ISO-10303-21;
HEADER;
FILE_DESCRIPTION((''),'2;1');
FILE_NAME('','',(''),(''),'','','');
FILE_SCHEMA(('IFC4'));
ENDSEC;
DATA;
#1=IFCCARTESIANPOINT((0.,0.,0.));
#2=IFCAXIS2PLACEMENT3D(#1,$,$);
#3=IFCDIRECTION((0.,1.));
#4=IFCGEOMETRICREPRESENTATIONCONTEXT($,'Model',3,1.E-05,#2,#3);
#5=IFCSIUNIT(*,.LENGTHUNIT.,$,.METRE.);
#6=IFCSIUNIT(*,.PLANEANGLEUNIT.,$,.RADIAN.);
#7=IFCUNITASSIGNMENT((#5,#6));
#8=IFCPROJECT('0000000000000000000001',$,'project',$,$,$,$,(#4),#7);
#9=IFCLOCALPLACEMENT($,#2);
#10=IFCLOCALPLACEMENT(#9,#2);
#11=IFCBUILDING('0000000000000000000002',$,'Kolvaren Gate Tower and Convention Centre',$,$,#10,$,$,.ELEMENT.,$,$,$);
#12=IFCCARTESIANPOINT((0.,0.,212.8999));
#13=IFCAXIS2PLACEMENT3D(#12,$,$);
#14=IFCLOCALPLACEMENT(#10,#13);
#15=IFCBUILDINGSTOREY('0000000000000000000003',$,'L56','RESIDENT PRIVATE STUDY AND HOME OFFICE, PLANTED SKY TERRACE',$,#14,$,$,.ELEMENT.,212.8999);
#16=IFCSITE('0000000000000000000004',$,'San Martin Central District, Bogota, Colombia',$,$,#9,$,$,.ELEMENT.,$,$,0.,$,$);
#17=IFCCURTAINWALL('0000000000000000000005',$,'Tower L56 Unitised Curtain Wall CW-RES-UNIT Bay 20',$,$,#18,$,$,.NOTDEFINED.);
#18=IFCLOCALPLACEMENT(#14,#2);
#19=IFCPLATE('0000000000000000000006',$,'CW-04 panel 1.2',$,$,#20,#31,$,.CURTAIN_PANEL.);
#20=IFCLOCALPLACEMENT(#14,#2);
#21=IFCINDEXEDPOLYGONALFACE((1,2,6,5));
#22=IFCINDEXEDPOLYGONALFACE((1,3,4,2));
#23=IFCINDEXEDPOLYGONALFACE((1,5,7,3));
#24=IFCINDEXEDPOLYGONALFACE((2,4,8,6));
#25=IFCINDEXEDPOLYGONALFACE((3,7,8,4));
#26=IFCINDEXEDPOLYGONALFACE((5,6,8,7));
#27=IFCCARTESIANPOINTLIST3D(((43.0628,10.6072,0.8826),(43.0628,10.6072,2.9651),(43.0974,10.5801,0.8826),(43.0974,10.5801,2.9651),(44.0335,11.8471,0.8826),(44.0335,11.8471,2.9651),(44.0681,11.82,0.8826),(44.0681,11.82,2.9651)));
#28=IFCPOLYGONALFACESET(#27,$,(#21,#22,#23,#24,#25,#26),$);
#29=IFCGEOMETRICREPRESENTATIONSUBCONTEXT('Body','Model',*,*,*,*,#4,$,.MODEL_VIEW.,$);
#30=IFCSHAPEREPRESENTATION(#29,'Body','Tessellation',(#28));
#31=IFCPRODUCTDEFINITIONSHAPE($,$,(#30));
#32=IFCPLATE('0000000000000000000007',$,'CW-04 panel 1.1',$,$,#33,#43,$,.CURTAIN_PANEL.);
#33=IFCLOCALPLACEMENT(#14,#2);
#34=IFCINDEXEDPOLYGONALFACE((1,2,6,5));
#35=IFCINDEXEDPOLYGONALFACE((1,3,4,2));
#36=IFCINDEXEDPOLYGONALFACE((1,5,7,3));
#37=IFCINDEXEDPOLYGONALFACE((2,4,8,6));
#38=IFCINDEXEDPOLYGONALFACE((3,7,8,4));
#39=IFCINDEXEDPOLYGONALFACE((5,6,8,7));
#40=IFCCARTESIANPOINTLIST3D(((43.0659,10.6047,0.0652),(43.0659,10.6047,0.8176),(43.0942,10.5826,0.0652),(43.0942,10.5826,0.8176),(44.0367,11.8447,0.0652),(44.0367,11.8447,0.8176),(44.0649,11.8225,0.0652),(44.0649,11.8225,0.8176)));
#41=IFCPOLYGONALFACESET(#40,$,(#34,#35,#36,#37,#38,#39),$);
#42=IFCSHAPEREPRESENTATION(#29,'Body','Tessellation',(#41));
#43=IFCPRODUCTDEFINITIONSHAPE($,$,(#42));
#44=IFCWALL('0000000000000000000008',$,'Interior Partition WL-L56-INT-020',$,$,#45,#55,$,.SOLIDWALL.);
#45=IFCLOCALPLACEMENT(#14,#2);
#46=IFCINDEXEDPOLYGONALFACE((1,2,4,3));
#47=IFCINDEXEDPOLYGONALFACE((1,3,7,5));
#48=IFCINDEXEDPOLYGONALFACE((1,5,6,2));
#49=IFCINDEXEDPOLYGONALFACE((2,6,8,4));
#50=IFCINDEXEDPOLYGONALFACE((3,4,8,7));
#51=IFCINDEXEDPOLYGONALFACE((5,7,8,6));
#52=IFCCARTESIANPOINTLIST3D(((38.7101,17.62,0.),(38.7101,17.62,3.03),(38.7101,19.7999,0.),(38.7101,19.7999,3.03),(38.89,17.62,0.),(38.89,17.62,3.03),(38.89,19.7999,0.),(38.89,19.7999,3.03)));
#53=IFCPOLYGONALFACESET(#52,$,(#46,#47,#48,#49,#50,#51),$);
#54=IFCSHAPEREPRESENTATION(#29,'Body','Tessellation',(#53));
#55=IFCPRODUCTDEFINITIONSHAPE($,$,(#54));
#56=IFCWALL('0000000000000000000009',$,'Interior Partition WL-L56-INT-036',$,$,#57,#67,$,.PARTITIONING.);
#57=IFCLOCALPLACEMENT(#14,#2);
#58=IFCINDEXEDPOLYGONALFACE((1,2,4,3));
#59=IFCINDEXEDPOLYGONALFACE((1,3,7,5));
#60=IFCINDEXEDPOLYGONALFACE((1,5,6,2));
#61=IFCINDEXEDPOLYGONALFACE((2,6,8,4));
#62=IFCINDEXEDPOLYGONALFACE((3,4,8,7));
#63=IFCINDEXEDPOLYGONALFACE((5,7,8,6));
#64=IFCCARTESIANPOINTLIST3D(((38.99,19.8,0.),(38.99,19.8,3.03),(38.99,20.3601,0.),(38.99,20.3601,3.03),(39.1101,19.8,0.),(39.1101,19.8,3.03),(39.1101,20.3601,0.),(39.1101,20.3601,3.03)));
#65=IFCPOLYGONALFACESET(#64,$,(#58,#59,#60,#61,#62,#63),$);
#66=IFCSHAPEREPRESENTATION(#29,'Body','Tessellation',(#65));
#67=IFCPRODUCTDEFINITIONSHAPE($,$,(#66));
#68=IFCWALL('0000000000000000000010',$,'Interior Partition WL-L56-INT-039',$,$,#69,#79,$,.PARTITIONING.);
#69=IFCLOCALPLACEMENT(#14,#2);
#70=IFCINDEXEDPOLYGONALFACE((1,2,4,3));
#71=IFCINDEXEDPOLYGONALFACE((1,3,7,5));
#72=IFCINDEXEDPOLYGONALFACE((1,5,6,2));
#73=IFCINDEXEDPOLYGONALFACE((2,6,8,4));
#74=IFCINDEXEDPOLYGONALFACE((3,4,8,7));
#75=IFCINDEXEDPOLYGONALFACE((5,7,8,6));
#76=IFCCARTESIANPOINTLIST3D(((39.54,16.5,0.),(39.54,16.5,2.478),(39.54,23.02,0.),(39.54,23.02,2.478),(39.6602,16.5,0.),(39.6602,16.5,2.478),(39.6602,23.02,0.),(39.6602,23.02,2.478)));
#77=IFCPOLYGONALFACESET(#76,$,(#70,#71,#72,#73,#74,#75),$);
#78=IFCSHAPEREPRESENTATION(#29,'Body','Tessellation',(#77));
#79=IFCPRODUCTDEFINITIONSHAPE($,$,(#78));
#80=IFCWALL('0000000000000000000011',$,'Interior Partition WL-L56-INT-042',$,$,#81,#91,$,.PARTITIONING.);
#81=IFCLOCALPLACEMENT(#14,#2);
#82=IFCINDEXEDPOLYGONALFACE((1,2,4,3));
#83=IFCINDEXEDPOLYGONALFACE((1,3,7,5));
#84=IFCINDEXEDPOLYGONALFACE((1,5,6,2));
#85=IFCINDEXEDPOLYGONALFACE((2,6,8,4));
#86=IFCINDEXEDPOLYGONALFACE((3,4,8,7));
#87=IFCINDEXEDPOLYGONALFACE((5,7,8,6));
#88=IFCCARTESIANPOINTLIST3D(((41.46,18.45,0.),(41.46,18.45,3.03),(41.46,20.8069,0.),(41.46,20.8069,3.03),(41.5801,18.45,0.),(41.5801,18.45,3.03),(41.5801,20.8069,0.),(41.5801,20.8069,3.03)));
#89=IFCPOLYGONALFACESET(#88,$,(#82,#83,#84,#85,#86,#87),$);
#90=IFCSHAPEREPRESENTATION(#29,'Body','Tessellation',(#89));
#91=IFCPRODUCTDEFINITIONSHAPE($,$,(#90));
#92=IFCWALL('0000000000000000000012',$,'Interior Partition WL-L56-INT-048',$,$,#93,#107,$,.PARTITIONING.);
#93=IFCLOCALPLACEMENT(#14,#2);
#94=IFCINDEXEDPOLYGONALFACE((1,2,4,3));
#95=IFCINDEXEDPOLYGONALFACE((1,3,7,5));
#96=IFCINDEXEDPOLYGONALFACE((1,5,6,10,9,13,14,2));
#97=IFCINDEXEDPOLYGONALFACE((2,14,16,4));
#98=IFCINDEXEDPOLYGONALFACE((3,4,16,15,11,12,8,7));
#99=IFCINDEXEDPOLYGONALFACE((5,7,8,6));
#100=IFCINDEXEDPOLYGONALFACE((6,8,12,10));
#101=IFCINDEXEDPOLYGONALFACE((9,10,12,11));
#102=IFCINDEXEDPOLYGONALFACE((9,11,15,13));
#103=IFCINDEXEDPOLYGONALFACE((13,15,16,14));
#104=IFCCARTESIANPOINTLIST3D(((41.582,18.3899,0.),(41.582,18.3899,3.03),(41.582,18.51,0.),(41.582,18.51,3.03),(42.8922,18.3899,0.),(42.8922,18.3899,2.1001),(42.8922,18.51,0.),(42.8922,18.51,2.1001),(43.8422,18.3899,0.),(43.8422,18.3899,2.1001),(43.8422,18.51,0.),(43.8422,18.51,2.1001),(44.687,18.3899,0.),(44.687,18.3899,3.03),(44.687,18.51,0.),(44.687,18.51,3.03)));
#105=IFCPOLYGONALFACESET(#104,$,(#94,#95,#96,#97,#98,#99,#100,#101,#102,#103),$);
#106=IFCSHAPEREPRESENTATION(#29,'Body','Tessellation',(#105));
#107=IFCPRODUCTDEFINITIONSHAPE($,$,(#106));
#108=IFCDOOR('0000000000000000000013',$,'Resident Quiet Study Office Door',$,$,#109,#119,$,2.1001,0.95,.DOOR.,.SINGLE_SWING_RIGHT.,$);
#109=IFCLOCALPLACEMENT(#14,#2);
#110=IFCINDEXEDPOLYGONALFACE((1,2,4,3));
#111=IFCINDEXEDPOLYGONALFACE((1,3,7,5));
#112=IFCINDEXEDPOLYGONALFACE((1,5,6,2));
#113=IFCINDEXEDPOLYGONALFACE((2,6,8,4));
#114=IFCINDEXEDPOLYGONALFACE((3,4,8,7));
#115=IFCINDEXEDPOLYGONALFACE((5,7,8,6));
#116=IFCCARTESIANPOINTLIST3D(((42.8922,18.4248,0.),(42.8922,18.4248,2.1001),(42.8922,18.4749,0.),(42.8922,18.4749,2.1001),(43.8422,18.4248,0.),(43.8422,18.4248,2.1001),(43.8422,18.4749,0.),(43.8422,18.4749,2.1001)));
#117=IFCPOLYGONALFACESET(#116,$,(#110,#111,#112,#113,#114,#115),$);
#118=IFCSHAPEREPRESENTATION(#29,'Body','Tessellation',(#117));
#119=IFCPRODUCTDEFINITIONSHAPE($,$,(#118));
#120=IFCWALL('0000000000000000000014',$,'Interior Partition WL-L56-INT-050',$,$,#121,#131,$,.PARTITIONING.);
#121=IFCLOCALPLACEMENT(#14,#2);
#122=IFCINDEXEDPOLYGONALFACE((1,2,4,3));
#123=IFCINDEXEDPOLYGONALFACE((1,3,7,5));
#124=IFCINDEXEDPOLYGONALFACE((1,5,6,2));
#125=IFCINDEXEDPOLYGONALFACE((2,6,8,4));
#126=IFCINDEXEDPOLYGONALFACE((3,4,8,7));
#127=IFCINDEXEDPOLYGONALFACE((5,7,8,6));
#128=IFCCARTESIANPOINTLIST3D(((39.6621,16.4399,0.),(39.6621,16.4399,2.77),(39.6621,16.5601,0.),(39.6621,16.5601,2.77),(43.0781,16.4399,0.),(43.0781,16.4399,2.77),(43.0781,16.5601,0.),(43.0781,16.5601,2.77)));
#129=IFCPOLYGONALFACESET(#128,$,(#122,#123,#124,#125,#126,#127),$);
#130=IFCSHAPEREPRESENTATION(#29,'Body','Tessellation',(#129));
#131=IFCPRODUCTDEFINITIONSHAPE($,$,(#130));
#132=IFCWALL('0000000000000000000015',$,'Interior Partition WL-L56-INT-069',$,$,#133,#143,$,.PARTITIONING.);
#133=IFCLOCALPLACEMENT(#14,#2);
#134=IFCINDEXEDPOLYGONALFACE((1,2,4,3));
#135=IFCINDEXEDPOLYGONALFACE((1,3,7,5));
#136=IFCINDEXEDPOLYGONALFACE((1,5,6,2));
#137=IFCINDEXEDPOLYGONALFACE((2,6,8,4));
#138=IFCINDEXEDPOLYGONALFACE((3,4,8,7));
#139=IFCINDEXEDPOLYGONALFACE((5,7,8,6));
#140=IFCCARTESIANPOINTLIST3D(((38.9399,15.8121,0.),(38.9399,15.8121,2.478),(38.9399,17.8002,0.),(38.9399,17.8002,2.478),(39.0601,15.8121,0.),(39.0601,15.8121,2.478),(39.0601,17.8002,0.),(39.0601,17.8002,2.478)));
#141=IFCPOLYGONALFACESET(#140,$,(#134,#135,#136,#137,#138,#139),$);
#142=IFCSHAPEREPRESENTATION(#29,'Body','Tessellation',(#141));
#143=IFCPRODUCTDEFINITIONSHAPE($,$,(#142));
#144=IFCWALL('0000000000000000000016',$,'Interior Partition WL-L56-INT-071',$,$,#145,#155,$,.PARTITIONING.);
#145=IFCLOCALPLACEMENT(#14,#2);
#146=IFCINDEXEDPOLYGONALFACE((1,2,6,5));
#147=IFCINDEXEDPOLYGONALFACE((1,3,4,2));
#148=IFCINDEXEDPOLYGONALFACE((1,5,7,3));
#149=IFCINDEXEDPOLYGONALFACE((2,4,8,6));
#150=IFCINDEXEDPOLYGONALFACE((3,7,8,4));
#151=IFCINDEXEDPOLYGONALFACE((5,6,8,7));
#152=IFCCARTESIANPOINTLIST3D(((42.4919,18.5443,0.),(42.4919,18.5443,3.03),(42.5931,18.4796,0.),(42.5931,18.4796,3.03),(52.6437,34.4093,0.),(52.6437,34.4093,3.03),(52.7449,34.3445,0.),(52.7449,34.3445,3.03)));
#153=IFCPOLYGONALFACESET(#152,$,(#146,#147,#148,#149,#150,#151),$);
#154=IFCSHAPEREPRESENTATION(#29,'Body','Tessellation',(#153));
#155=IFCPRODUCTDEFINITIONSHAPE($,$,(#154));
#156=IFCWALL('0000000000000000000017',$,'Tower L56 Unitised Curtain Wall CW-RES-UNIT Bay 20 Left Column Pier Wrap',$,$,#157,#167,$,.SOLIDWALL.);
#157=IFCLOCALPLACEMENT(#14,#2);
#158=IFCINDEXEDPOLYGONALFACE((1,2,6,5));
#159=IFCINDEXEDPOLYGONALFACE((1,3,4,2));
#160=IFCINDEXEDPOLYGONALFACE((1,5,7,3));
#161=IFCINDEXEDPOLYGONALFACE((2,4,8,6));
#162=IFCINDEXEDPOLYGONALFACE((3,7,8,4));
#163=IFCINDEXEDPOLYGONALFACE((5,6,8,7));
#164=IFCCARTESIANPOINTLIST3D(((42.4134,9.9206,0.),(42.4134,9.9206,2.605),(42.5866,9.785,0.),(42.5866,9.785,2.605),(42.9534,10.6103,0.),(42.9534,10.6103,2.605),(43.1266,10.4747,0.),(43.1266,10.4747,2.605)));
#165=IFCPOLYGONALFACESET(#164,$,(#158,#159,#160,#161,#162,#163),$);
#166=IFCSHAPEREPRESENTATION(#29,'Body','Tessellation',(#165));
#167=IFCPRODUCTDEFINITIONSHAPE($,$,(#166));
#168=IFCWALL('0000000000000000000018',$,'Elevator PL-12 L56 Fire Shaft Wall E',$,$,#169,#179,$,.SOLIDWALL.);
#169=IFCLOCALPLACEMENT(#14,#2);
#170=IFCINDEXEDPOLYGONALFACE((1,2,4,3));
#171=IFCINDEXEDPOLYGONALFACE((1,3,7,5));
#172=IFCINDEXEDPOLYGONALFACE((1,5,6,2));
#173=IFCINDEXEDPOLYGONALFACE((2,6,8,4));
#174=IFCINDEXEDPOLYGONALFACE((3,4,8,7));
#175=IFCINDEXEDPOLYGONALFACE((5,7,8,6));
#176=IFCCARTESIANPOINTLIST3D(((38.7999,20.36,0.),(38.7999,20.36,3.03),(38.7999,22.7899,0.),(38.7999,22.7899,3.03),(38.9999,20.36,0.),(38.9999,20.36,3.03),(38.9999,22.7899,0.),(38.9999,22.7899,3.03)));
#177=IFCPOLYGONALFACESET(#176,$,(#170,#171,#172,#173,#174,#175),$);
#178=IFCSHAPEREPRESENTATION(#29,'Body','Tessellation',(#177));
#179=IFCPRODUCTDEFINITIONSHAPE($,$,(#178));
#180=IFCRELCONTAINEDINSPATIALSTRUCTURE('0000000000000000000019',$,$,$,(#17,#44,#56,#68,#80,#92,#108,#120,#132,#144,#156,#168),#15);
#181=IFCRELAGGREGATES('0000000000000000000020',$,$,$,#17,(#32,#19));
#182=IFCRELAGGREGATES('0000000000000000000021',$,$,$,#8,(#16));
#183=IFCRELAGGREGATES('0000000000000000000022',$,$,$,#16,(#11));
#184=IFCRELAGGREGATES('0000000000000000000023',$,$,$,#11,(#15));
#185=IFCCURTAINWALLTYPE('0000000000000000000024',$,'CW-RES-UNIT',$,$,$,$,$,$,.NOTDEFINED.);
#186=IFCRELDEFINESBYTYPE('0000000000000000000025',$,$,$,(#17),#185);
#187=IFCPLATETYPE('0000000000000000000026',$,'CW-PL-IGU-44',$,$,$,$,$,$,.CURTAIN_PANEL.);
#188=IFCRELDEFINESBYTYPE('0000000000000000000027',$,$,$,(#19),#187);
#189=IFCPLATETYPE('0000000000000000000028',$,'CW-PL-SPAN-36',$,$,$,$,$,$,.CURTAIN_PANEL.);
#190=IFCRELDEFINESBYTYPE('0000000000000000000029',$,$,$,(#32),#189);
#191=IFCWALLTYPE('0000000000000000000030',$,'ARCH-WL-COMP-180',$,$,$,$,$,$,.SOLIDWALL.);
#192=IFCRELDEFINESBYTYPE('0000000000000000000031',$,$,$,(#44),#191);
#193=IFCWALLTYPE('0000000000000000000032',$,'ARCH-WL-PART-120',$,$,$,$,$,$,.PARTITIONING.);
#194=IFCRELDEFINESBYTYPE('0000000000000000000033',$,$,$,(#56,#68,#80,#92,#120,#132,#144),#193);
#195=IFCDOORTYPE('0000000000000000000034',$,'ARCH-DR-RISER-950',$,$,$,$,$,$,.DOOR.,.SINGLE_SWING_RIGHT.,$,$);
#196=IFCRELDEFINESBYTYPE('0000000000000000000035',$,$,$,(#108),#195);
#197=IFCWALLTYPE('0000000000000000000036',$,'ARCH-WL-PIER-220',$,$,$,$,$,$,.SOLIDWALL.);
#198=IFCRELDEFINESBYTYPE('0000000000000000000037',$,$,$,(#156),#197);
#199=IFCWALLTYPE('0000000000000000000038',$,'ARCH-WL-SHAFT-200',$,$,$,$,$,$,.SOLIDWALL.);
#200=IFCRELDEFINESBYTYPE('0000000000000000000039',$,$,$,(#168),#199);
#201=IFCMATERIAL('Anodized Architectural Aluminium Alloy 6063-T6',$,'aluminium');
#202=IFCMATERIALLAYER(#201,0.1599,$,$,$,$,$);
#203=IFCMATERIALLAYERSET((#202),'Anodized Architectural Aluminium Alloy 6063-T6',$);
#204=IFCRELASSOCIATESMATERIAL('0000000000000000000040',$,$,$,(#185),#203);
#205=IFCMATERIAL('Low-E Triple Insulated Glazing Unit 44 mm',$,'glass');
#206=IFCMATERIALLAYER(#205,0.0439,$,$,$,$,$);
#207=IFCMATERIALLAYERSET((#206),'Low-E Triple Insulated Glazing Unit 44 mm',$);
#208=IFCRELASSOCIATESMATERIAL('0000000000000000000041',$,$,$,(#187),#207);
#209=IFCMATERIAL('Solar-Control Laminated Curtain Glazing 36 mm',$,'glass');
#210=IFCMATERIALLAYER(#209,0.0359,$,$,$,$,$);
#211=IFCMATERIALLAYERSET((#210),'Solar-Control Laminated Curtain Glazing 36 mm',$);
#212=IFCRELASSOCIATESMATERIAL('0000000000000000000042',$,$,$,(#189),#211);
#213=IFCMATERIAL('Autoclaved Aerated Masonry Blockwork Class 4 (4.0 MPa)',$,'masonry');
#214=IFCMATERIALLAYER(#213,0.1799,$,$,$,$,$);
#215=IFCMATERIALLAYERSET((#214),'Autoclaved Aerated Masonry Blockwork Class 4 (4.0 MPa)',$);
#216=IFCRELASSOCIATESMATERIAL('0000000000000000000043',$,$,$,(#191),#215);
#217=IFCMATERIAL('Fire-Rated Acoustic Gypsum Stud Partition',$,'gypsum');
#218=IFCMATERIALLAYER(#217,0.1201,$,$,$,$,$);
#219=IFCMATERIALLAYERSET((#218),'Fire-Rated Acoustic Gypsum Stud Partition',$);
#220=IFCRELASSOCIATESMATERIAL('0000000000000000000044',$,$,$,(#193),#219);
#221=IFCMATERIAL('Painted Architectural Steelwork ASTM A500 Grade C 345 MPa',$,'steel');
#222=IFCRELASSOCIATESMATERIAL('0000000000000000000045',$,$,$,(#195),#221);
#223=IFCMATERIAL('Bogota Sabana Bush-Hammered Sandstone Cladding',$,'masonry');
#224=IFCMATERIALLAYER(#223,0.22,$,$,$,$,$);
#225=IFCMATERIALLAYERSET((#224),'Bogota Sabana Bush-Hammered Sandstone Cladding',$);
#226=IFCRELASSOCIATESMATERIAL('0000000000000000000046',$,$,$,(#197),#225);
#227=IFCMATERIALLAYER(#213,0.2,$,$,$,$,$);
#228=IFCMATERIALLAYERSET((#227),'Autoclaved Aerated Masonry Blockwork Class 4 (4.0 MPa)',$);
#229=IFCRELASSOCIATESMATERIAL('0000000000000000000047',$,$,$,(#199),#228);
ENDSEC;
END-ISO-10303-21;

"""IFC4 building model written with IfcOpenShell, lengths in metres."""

from ifc_helpers import new_model, si_unit, direction, frame, frame_2d, origin, origin_2d, place, context, subcontext, project, spatial, rectangle, extrude, material, layer, layer_set, type_object, element, fill, aggregate, save


model = new_model("IFC4")

# Units and contexts
model_context = context("Model", 3, precision=1e-05, world=origin(), true_north=direction((0.0, 1.0)))
body_context = subcontext(model_context, "Body", "Model", "MODEL_VIEW")
ifc_project = project(units=[si_unit("LENGTHUNIT", "METRE"), si_unit("PLANEANGLEUNIT", "RADIAN")], contexts=[model_context])

# Site, building, storey
site_placement = place(None, origin())
site = spatial("IfcSite", under=ifc_project, at=site_placement, Name="San Martin Central District, Bogota, Colombia", CompositionType="ELEMENT", RefElevation=0.0)
building_placement = place(site_placement, origin())
building = spatial("IfcBuilding", under=site, at=building_placement, Name="Kolvaren Gate Tower and Convention Centre", CompositionType="ELEMENT")
storey_placement = place(building_placement, frame((0.0, 0.0, 212.8999)))
storey = spatial("IfcBuildingStorey", under=building, at=storey_placement, Name="L56", Description="RESIDENT PRIVATE STUDY AND HOME OFFICE, PLANTED SKY TERRACE", CompositionType="ELEMENT", Elevation=212.8999)

# Curtain wall
ifc_material_1 = material(Name="Anodized Architectural Aluminium Alloy 6063-T6", Category="aluminium")
ifc_layer_1 = layer(ifc_material_1, 0.1599)
ifc_layer_set_1 = layer_set([ifc_layer_1], Name="Anodized Architectural Aluminium Alloy 6063-T6")
curtain_wall_type = type_object("IfcCurtainWallType", Name="CW-RES-UNIT", PredefinedType="NOTDEFINED", material=ifc_layer_set_1)
curtain_wall_placement = place(storey_placement, origin())
curtain_wall = element("IfcCurtainWall", 1, at=curtain_wall_placement, inside=storey, type_object=curtain_wall_type, Name="Tower L56 Unitised Curtain Wall CW-RES-UNIT Bay 20", PredefinedType="NOTDEFINED")

# Plates
ifc_material_2 = material(Name="Low-E Triple Insulated Glazing Unit 44 mm", Category="glass")
ifc_layer_2 = layer(ifc_material_2, 0.0439)
ifc_layer_set_2 = layer_set([ifc_layer_2], Name="Low-E Triple Insulated Glazing Unit 44 mm")
plate_type_1 = type_object("IfcPlateType", Name="CW-PL-IGU-44", PredefinedType="CURTAIN_PANEL", material=ifc_layer_set_2)
plate_1_placement = place(storey_placement, frame((43.5654, 11.2136, 0.8826), z_axis=(0.0, 0.0, 1.0), x_axis=(0.616437, 0.787404, 0.0)))
plate_1 = element("IfcPlate", 2, at=plate_1_placement, type_object=plate_type_1, Name="CW-04 panel 1.2", PredefinedType="CURTAIN_PANEL", context=body_context, shape_type="SweptSolid", body=[
    extrude(rectangle(XDim=1.5747, YDim=0.0439, at=origin_2d()), origin(), (0.0, 0.0, 1.0), 2.0825),
])
ifc_material_3 = material(Name="Solar-Control Laminated Curtain Glazing 36 mm", Category="glass")
ifc_layer_3 = layer(ifc_material_3, 0.0359)
ifc_layer_set_3 = layer_set([ifc_layer_3], Name="Solar-Control Laminated Curtain Glazing 36 mm")
plate_type_2 = type_object("IfcPlateType", Name="CW-PL-SPAN-36", PredefinedType="CURTAIN_PANEL", material=ifc_layer_set_3)
plate_2_placement = place(storey_placement, frame((43.5654, 11.2136, 0.0652), z_axis=(0.0, 0.0, 1.0), x_axis=(0.616437, 0.787404, 0.0)))
plate_2 = element("IfcPlate", 3, at=plate_2_placement, type_object=plate_type_2, Name="CW-04 panel 1.1", PredefinedType="CURTAIN_PANEL", context=body_context, shape_type="SweptSolid", body=[
    extrude(rectangle(XDim=1.5747, YDim=0.0359, at=origin_2d()), origin(), (0.0, 0.0, 1.0), 0.7524),
])
aggregate(curtain_wall, [plate_2, plate_1])

# Walls
ifc_material_4 = material(Name="Autoclaved Aerated Masonry Blockwork Class 4 (4.0 MPa)", Category="masonry")
ifc_layer_4 = layer(ifc_material_4, 0.1799)
ifc_layer_set_4 = layer_set([ifc_layer_4], Name="Autoclaved Aerated Masonry Blockwork Class 4 (4.0 MPa)")
wall_type_1 = type_object("IfcWallType", Name="ARCH-WL-COMP-180", PredefinedType="SOLIDWALL", material=ifc_layer_set_4)
wall_1_placement = place(storey_placement, frame((38.8, 17.6201, 0.0), z_axis=(0.0, 0.0, 1.0), x_axis=(0.0, 1.0, 0.0)))
element("IfcWall", 4, at=wall_1_placement, inside=storey, type_object=wall_type_1, Name="Interior Partition WL-L56-INT-020", PredefinedType="SOLIDWALL", context=body_context, shape_type="SweptSolid", body=[
    extrude(rectangle(XDim=2.1799, YDim=0.1799, at=frame_2d((1.0898, 0.0))), origin(), (0.0, 0.0, 1.0), 3.03),
])
ifc_material_5 = material(Name="Fire-Rated Acoustic Gypsum Stud Partition", Category="gypsum")
ifc_layer_5 = layer(ifc_material_5, 0.1201)
ifc_layer_set_5 = layer_set([ifc_layer_5], Name="Fire-Rated Acoustic Gypsum Stud Partition")
wall_type_2 = type_object("IfcWallType", Name="ARCH-WL-PART-120", PredefinedType="PARTITIONING", material=ifc_layer_set_5)
wall_2_placement = place(storey_placement, frame((39.05, 19.8, 0.0), z_axis=(0.0, 0.0, 1.0), x_axis=(0.0, 1.0, 0.0)))
element("IfcWall", 5, at=wall_2_placement, inside=storey, type_object=wall_type_2, Name="Interior Partition WL-L56-INT-036", PredefinedType="PARTITIONING", context=body_context, shape_type="SweptSolid", body=[
    extrude(rectangle(XDim=0.5601, YDim=0.1201, at=frame_2d((0.28, 0.0))), origin(), (0.0, 0.0, 1.0), 3.03),
])
wall_3_placement = place(storey_placement, frame((39.6001, 16.5, 0.0), z_axis=(0.0, 0.0, 1.0), x_axis=(0.0, 1.0, 0.0)))
element("IfcWall", 6, at=wall_3_placement, inside=storey, type_object=wall_type_2, Name="Interior Partition WL-L56-INT-039", PredefinedType="PARTITIONING", context=body_context, shape_type="SweptSolid", body=[
    extrude(rectangle(XDim=6.52, YDim=0.1201, at=frame_2d((3.26, 0.0))), origin(), (0.0, 0.0, 1.0), 2.478),
])
wall_4_placement = place(storey_placement, frame((41.52, 18.45, 0.0), z_axis=(0.0, 0.0, 1.0), x_axis=(0.0, 1.0, 0.0)))
element("IfcWall", 7, at=wall_4_placement, inside=storey, type_object=wall_type_2, Name="Interior Partition WL-L56-INT-042", PredefinedType="PARTITIONING", context=body_context, shape_type="SweptSolid", body=[
    extrude(rectangle(XDim=2.3569, YDim=0.1201, at=frame_2d((1.1785, 0.0))), origin(), (0.0, 0.0, 1.0), 3.03),
])

# Wall, opening, door
wall_5_placement = place(storey_placement, frame((41.582, 18.45, 0.0), z_axis=(0.0, 0.0, 1.0), x_axis=(1.0, 0.0, 0.0)))
wall_5 = element("IfcWall", 8, at=wall_5_placement, inside=storey, type_object=wall_type_2, Name="Interior Partition WL-L56-INT-048", PredefinedType="PARTITIONING", context=body_context, shape_type="SweptSolid", body=[
    extrude(rectangle(XDim=3.105, YDim=0.1201, at=frame_2d((1.5525, 0.0))), origin(), (0.0, 0.0, 1.0), 3.03),
])
opening_1_placement = place(wall_5_placement, frame((1.3101, 0.0, 0.0)))
opening_1 = element("IfcOpeningElement", 9, at=opening_1_placement, cuts=wall_5, PredefinedType="OPENING", context=body_context, shape_type="SweptSolid", body=[
    extrude(rectangle(XDim=0.95, YDim=2.1001, at=frame_2d((0.4751, 1.05))), frame((0.0, 0.0701, 0.0), z_axis=(0.0, -1.0, 0.0), x_axis=(1.0, 0.0, 0.0)), (0.0, 0.0, 1.0), 0.1401),
])
ifc_material_6 = material(Name="Painted Architectural Steelwork ASTM A500 Grade C 345 MPa", Category="steel")
door_type_1 = type_object("IfcDoorType", Name="ARCH-DR-RISER-950", OperationType="SINGLE_SWING_RIGHT", PredefinedType="DOOR", material=ifc_material_6)
door_1_placement = place(opening_1_placement, origin())
door_1 = element("IfcDoor", 10, at=door_1_placement, inside=storey, type_object=door_type_1, Name="Resident Quiet Study Office Door", OperationType="SINGLE_SWING_RIGHT", OverallHeight=2.1001, OverallWidth=0.95, PredefinedType="DOOR", context=body_context, shape_type="SweptSolid", body=[
    extrude(rectangle(XDim=0.95, YDim=2.1001, at=frame_2d((0.4751, 1.05))), frame((0.0, 0.0249, 0.0), z_axis=(0.0, -1.0, 0.0), x_axis=(1.0, 0.0, 0.0)), (0.0, 0.0, 1.0), 0.05),
])
fill(opening_1, door_1)

# Walls
wall_6_placement = place(storey_placement, frame((39.6621, 16.5, 0.0), z_axis=(0.0, 0.0, 1.0), x_axis=(1.0, 0.0, 0.0)))
element("IfcWall", 11, at=wall_6_placement, inside=storey, type_object=wall_type_2, Name="Interior Partition WL-L56-INT-050", PredefinedType="PARTITIONING", context=body_context, shape_type="SweptSolid", body=[
    extrude(rectangle(XDim=3.416, YDim=0.1201, at=frame_2d((1.708, 0.0))), origin(), (0.0, 0.0, 1.0), 2.77),
])
wall_7_placement = place(storey_placement, frame((39.0, 15.812, 0.0), z_axis=(0.0, 0.0, 1.0), x_axis=(0.0, 1.0, 0.0)))
element("IfcWall", 12, at=wall_7_placement, inside=storey, type_object=wall_type_2, Name="Interior Partition WL-L56-INT-069", PredefinedType="PARTITIONING", context=body_context, shape_type="SweptSolid", body=[
    extrude(rectangle(XDim=1.988, YDim=0.1201, at=frame_2d((0.9941, 0.0))), origin(), (0.0, 0.0, 1.0), 2.478),
])
wall_8_placement = place(storey_placement, frame((42.5425, 18.512, 0.0), z_axis=(0.0, 0.0, 1.0), x_axis=(0.538988, 0.842313, 0.0)))
element("IfcWall", 13, at=wall_8_placement, inside=storey, type_object=wall_type_2, Name="Interior Partition WL-L56-INT-071", PredefinedType="PARTITIONING", context=body_context, shape_type="SweptSolid", body=[
    extrude(rectangle(XDim=18.835, YDim=0.1201, at=frame_2d((9.4175, 0.0))), origin(), (0.0, 0.0, 1.0), 3.03),
])
ifc_material_7 = material(Name="Bogota Sabana Bush-Hammered Sandstone Cladding", Category="masonry")
ifc_layer_6 = layer(ifc_material_7, 0.22)
ifc_layer_set_6 = layer_set([ifc_layer_6], Name="Bogota Sabana Bush-Hammered Sandstone Cladding")
wall_type_3 = type_object("IfcWallType", Name="ARCH-WL-PIER-220", PredefinedType="SOLIDWALL", material=ifc_layer_set_6)
wall_9_placement = place(storey_placement, frame((42.5, 9.8528, 0.0), z_axis=(0.0, 0.0, 1.0), x_axis=(0.616504, 0.787352, 0.0)))
element("IfcWall", 14, at=wall_9_placement, inside=storey, type_object=wall_type_3, Name="Tower L56 Unitised Curtain Wall CW-RES-UNIT Bay 20 Left Column Pier Wrap", PredefinedType="SOLIDWALL", context=body_context, shape_type="SweptSolid", body=[
    extrude(rectangle(XDim=0.876, YDim=0.22, at=frame_2d((0.438, 0.0))), origin(), (0.0, 0.0, 1.0), 2.605),
])
ifc_layer_7 = layer(ifc_material_4, 0.2)
ifc_layer_set_7 = layer_set([ifc_layer_7], Name="Autoclaved Aerated Masonry Blockwork Class 4 (4.0 MPa)")
wall_type_4 = type_object("IfcWallType", Name="ARCH-WL-SHAFT-200", PredefinedType="SOLIDWALL", material=ifc_layer_set_7)
wall_10_placement = place(storey_placement, frame((38.8999, 20.3601, 0.0), z_axis=(0.0, 0.0, 1.0), x_axis=(0.0, 1.0, 0.0)))
element("IfcWall", 15, at=wall_10_placement, inside=storey, type_object=wall_type_4, Name="Elevator PL-12 L56 Fire Shaft Wall E", PredefinedType="SOLIDWALL", context=body_context, shape_type="SweptSolid", body=[
    extrude(rectangle(XDim=2.4299, YDim=0.2, at=frame_2d((1.2148, 0.0))), origin(), (0.0, 0.0, 1.0), 3.03),
])

save(model, "model.ifc")
